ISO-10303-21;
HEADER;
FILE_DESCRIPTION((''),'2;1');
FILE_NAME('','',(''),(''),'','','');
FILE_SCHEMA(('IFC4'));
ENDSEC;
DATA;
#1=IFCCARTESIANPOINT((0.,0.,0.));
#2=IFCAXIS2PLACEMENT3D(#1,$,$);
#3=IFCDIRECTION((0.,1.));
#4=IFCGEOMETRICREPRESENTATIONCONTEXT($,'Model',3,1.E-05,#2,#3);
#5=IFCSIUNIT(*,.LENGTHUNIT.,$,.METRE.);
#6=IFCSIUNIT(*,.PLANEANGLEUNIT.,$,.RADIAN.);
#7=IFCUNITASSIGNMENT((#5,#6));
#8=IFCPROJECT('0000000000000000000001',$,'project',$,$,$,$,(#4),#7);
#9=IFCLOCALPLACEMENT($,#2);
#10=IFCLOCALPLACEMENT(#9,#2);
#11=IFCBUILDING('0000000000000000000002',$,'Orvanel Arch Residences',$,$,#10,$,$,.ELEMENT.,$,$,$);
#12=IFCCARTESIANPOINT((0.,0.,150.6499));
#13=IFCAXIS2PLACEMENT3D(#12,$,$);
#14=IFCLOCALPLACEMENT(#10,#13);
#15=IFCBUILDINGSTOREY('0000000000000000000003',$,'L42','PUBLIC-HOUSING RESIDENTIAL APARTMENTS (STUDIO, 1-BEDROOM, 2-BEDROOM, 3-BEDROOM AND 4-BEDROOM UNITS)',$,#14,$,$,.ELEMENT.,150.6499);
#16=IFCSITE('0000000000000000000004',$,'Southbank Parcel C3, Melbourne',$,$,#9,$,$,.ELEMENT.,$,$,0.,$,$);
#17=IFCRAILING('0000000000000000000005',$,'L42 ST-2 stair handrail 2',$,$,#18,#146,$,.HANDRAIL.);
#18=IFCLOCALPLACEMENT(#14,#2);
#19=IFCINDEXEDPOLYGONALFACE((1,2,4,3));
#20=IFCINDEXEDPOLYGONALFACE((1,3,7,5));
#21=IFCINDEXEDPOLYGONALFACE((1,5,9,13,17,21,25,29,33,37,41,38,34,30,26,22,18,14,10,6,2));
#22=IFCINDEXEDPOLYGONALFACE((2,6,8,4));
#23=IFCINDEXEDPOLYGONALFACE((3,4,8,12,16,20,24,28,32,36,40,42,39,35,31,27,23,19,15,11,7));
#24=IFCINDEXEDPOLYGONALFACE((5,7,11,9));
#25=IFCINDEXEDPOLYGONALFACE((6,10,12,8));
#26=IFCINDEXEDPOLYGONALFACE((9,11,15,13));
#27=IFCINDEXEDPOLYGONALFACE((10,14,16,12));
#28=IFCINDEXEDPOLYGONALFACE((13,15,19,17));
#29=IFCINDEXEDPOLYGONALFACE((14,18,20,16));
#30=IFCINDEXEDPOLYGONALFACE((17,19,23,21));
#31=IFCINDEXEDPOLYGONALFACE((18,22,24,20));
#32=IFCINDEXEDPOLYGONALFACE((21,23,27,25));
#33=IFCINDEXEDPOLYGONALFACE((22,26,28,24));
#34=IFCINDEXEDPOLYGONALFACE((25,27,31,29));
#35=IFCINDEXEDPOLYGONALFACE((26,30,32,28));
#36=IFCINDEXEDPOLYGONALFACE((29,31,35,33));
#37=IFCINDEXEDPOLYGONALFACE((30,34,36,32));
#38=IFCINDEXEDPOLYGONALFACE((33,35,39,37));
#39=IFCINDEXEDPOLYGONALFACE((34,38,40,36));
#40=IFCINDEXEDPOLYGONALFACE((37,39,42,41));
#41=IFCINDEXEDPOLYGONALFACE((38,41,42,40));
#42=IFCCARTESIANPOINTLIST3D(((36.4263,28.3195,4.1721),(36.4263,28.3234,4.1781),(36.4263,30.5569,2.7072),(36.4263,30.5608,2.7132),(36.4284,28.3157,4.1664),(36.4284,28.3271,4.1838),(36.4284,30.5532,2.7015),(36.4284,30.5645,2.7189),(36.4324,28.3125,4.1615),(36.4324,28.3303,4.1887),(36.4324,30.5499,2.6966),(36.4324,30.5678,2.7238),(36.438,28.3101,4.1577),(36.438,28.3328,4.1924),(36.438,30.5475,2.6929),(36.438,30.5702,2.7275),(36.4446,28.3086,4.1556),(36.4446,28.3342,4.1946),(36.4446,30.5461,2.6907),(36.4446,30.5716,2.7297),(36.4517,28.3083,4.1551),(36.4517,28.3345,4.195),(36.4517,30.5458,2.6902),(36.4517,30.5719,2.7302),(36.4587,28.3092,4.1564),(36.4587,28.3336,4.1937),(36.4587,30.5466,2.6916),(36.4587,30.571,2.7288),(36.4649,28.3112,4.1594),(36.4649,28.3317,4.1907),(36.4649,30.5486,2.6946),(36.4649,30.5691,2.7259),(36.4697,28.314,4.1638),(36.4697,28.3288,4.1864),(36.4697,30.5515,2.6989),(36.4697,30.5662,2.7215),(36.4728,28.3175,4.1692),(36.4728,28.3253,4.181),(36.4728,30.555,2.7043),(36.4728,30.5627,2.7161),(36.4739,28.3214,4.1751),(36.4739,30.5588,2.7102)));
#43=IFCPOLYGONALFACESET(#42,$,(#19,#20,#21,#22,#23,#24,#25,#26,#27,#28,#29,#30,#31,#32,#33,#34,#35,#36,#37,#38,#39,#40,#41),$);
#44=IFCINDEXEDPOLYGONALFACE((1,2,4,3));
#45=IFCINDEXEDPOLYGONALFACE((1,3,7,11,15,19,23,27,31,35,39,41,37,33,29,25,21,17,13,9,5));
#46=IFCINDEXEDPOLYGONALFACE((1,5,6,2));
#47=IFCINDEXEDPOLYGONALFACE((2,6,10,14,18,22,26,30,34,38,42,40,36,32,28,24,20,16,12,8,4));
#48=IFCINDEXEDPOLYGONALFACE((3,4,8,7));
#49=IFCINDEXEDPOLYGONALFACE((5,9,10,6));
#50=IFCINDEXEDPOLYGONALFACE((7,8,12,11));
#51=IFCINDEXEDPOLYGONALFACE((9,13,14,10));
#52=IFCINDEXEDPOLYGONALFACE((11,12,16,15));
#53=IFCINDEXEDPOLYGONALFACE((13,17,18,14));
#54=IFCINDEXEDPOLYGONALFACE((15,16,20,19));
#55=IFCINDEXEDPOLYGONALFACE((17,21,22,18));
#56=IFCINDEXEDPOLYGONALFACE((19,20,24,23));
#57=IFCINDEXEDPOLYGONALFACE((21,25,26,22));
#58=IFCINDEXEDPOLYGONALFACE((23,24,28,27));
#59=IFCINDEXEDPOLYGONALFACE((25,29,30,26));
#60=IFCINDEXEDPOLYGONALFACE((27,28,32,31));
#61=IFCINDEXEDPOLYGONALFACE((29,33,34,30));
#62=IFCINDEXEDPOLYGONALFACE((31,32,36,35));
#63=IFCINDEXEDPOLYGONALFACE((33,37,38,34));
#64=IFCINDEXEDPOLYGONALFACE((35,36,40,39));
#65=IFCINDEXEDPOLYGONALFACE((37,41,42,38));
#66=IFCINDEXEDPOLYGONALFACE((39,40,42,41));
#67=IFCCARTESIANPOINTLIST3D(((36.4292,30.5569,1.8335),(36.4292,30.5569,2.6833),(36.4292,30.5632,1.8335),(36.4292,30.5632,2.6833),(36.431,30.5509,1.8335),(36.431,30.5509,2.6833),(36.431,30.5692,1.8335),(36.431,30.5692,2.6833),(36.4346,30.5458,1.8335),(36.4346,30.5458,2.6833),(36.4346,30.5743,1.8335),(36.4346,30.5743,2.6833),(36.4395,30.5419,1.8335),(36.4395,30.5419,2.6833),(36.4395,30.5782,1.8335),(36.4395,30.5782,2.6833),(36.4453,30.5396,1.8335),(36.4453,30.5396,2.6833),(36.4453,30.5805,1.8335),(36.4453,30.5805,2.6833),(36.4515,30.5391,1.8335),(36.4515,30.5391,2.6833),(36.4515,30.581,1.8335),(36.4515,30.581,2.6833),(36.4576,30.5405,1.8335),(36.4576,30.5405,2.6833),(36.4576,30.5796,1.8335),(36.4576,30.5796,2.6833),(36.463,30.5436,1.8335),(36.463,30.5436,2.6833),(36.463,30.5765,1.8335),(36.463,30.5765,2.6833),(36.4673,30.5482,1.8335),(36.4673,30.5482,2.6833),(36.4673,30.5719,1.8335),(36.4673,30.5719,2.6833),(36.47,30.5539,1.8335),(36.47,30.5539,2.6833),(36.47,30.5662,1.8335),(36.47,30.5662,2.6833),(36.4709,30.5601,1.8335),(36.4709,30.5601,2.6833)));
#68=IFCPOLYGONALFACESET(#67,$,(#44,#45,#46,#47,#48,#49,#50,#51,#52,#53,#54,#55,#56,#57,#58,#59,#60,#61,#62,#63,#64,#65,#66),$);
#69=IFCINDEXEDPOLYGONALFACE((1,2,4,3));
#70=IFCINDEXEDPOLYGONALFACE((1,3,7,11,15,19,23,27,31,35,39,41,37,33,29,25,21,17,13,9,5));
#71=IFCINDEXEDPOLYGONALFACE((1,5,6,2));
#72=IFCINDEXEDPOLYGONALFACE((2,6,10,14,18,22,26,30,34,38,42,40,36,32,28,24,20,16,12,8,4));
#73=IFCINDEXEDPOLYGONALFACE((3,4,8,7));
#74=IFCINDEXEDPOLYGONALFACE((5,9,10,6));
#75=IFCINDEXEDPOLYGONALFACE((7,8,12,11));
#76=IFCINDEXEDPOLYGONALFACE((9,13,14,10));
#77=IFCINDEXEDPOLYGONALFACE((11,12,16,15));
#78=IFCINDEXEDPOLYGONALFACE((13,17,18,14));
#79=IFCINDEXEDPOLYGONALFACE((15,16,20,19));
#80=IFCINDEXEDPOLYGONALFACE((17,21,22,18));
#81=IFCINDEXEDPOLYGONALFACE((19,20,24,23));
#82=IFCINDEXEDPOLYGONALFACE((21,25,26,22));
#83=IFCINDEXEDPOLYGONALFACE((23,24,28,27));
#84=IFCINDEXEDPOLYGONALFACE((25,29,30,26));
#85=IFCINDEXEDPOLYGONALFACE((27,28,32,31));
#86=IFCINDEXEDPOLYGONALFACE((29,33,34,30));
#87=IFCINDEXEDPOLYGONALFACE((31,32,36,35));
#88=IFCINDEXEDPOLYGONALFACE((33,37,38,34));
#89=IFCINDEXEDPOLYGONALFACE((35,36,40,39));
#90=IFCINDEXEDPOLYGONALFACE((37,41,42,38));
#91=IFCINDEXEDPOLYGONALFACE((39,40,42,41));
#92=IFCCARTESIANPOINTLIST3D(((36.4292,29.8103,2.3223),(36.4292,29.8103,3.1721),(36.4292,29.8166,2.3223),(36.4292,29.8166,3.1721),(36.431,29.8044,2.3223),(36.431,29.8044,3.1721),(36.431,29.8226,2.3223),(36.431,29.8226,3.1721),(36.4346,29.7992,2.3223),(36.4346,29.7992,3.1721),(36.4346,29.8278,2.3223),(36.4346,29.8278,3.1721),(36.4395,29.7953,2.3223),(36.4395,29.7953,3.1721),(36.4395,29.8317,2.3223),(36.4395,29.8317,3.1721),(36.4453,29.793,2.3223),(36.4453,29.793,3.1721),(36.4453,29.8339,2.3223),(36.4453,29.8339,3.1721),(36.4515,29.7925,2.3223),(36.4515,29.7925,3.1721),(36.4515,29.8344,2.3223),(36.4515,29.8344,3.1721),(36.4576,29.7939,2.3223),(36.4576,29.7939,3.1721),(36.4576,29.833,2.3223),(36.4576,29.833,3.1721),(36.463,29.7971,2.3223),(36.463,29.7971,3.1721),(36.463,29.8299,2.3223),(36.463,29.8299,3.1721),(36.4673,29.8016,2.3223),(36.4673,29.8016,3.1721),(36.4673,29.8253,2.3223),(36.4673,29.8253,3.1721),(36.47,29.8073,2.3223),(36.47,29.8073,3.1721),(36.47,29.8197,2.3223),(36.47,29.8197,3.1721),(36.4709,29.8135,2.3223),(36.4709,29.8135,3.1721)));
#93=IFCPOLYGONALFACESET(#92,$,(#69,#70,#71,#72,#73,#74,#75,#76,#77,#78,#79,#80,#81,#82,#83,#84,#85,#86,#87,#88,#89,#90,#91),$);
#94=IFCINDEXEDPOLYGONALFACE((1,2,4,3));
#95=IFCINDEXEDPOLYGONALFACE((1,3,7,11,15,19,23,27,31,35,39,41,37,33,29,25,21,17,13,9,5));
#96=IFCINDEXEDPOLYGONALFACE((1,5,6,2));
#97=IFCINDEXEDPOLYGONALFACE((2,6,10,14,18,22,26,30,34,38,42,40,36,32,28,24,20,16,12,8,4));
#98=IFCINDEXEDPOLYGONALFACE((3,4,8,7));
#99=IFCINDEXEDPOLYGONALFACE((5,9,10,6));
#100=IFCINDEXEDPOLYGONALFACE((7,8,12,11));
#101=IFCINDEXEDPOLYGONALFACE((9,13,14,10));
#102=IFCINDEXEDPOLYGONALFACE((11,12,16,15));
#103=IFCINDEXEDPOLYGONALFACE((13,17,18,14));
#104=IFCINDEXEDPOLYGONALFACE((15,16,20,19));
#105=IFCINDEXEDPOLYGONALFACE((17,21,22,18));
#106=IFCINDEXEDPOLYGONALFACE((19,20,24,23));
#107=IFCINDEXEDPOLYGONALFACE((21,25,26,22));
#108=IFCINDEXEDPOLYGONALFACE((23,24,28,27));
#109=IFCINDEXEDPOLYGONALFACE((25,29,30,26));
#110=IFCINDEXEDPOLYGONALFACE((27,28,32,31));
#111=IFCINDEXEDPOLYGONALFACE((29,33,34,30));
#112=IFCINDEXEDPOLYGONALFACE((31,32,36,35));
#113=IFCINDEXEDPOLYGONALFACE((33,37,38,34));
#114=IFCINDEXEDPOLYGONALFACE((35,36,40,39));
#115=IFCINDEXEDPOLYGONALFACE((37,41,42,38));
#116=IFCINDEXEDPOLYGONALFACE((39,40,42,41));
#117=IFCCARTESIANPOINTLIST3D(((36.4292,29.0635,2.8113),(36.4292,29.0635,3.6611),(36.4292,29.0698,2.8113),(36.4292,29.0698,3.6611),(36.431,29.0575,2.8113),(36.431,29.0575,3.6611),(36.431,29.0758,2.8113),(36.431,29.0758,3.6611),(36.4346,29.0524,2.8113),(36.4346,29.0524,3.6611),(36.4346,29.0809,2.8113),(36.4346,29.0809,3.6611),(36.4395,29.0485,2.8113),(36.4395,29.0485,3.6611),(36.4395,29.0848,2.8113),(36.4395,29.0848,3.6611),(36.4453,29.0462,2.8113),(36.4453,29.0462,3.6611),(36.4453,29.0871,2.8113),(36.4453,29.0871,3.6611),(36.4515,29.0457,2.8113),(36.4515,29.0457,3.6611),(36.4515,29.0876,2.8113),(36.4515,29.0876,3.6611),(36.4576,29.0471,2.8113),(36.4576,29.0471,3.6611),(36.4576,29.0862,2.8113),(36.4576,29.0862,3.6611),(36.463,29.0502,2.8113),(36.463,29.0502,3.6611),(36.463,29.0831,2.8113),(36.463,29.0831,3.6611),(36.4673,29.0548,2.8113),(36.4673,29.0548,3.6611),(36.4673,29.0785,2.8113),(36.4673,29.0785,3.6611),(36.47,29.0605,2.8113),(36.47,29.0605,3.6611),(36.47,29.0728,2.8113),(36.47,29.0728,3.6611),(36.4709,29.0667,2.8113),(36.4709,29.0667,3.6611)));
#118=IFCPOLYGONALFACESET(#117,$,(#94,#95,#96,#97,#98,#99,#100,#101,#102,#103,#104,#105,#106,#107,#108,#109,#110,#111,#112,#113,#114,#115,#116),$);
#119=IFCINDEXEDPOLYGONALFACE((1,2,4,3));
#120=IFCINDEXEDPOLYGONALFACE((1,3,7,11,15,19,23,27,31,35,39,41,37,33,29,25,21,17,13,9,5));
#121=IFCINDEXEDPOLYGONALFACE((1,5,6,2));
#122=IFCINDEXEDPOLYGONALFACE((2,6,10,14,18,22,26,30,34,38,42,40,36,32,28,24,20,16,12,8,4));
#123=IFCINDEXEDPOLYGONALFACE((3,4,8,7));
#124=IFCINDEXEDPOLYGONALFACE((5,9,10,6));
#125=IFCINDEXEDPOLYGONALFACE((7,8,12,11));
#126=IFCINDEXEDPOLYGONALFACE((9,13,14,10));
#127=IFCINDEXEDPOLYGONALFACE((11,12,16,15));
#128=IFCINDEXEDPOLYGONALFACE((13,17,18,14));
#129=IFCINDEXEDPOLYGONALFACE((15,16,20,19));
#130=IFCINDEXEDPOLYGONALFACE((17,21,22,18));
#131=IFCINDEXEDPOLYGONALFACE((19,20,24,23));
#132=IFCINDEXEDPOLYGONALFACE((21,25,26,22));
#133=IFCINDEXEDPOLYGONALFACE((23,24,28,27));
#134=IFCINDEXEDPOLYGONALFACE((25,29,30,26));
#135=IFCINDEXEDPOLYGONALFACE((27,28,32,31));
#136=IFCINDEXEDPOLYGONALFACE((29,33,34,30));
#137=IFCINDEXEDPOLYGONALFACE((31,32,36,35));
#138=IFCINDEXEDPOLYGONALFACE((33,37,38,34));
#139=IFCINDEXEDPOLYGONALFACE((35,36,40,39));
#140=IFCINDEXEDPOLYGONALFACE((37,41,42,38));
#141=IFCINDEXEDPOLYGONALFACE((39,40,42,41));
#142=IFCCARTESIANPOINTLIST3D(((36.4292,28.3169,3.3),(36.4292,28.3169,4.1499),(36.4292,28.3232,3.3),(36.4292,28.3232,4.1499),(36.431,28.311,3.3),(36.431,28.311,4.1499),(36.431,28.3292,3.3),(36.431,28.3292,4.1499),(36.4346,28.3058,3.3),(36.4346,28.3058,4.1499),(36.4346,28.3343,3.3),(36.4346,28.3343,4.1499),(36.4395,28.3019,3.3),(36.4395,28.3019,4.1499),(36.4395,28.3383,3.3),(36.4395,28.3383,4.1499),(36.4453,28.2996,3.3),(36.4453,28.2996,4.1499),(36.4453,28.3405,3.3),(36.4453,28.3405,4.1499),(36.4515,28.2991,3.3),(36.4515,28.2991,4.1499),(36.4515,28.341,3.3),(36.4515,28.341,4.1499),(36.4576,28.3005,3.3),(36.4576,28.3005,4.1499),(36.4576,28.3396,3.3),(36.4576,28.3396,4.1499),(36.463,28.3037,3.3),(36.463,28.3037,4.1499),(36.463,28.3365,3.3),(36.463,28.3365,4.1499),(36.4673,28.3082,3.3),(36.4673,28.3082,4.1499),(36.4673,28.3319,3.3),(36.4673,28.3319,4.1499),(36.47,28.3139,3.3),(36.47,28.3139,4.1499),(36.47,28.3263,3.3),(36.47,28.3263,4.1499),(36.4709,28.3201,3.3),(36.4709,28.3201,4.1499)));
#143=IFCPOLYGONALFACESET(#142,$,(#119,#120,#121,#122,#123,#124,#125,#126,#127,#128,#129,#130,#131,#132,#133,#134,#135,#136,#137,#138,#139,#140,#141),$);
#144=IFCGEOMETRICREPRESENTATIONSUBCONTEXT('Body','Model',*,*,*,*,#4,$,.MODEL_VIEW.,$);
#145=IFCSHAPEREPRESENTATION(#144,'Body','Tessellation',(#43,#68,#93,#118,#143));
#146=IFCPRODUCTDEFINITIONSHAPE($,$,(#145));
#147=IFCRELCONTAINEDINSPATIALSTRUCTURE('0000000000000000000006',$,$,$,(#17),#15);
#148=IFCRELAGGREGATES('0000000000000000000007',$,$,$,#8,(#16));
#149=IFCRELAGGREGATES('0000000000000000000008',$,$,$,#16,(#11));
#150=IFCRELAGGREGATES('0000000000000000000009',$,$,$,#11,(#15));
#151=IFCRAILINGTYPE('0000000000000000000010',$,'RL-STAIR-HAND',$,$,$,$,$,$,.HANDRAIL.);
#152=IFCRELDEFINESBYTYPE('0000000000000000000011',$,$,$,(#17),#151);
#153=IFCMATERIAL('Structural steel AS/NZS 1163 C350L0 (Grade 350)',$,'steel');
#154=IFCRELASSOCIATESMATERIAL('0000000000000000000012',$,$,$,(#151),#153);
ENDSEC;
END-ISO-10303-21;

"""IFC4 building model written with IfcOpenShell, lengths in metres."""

from ifc_helpers import new_model, si_unit, direction, frame, origin, origin_2d, place, context, subcontext, project, spatial, circle, extrude, material, type_object, element, save


model = new_model("IFC4")

# Units and contexts
model_context = context("Model", 3, precision=1e-05, world=origin(), true_north=direction((0.0, 1.0)))
body_context = subcontext(model_context, "Body", "Model", "MODEL_VIEW")
ifc_project = project(units=[si_unit("LENGTHUNIT", "METRE"), si_unit("PLANEANGLEUNIT", "RADIAN")], contexts=[model_context])

# Site, building, storey
site_placement = place(None, origin())
site = spatial("IfcSite", under=ifc_project, at=site_placement, Name="Southbank Parcel C3, Melbourne", CompositionType="ELEMENT", RefElevation=0.0)
building_placement = place(site_placement, origin())
building = spatial("IfcBuilding", under=site, at=building_placement, Name="Orvanel Arch Residences", CompositionType="ELEMENT")
storey_placement = place(building_placement, frame((0.0, 0.0, 150.6499)))
storey = spatial("IfcBuildingStorey", under=building, at=storey_placement, Name="L42", Description="PUBLIC-HOUSING RESIDENTIAL APARTMENTS (STUDIO, 1-BEDROOM, 2-BEDROOM, 3-BEDROOM AND 4-BEDROOM UNITS)", CompositionType="ELEMENT", Elevation=150.6499)

# Railing
ifc_material_1 = material(Name="Structural steel AS/NZS 1163 C350L0 (Grade 350)", Category="steel")
railing_type_1 = type_object("IfcRailingType", Name="RL-STAIR-HAND", PredefinedType="HANDRAIL", material=ifc_material_1)
railing_1_placement = place(storey_placement, frame((36.45, 30.5601, 1.8335)))
element("IfcRailing", 1, at=railing_1_placement, inside=storey, type_object=railing_type_1, Name="L42 ST-2 stair handrail 2", PredefinedType="HANDRAIL", context=body_context, shape_type="SweptSolid", body=[
    extrude(circle(Radius=0.0239, at=origin_2d()), frame((0.0, -0.0012, 0.8767), z_axis=(0.0, -0.836637, 0.547758), x_axis=(1.0, 0.0, 0.0)), (0.0, 0.0, 1.0), 2.6743),
    extrude(circle(Radius=0.021, at=origin_2d()), origin(), (0.0, 0.0, 1.0), 0.8499),
    extrude(circle(Radius=0.021, at=origin_2d()), frame((0.0, -0.7466, 0.4888)), (0.0, 0.0, 1.0), 0.8499),
    extrude(circle(Radius=0.021, at=origin_2d()), frame((0.0, -1.4934, 0.9778)), (0.0, 0.0, 1.0), 0.8499),
    extrude(circle(Radius=0.021, at=origin_2d()), frame((0.0, -2.24, 1.4666)), (0.0, 0.0, 1.0), 0.8499),
])

save(model, "model.ifc")
